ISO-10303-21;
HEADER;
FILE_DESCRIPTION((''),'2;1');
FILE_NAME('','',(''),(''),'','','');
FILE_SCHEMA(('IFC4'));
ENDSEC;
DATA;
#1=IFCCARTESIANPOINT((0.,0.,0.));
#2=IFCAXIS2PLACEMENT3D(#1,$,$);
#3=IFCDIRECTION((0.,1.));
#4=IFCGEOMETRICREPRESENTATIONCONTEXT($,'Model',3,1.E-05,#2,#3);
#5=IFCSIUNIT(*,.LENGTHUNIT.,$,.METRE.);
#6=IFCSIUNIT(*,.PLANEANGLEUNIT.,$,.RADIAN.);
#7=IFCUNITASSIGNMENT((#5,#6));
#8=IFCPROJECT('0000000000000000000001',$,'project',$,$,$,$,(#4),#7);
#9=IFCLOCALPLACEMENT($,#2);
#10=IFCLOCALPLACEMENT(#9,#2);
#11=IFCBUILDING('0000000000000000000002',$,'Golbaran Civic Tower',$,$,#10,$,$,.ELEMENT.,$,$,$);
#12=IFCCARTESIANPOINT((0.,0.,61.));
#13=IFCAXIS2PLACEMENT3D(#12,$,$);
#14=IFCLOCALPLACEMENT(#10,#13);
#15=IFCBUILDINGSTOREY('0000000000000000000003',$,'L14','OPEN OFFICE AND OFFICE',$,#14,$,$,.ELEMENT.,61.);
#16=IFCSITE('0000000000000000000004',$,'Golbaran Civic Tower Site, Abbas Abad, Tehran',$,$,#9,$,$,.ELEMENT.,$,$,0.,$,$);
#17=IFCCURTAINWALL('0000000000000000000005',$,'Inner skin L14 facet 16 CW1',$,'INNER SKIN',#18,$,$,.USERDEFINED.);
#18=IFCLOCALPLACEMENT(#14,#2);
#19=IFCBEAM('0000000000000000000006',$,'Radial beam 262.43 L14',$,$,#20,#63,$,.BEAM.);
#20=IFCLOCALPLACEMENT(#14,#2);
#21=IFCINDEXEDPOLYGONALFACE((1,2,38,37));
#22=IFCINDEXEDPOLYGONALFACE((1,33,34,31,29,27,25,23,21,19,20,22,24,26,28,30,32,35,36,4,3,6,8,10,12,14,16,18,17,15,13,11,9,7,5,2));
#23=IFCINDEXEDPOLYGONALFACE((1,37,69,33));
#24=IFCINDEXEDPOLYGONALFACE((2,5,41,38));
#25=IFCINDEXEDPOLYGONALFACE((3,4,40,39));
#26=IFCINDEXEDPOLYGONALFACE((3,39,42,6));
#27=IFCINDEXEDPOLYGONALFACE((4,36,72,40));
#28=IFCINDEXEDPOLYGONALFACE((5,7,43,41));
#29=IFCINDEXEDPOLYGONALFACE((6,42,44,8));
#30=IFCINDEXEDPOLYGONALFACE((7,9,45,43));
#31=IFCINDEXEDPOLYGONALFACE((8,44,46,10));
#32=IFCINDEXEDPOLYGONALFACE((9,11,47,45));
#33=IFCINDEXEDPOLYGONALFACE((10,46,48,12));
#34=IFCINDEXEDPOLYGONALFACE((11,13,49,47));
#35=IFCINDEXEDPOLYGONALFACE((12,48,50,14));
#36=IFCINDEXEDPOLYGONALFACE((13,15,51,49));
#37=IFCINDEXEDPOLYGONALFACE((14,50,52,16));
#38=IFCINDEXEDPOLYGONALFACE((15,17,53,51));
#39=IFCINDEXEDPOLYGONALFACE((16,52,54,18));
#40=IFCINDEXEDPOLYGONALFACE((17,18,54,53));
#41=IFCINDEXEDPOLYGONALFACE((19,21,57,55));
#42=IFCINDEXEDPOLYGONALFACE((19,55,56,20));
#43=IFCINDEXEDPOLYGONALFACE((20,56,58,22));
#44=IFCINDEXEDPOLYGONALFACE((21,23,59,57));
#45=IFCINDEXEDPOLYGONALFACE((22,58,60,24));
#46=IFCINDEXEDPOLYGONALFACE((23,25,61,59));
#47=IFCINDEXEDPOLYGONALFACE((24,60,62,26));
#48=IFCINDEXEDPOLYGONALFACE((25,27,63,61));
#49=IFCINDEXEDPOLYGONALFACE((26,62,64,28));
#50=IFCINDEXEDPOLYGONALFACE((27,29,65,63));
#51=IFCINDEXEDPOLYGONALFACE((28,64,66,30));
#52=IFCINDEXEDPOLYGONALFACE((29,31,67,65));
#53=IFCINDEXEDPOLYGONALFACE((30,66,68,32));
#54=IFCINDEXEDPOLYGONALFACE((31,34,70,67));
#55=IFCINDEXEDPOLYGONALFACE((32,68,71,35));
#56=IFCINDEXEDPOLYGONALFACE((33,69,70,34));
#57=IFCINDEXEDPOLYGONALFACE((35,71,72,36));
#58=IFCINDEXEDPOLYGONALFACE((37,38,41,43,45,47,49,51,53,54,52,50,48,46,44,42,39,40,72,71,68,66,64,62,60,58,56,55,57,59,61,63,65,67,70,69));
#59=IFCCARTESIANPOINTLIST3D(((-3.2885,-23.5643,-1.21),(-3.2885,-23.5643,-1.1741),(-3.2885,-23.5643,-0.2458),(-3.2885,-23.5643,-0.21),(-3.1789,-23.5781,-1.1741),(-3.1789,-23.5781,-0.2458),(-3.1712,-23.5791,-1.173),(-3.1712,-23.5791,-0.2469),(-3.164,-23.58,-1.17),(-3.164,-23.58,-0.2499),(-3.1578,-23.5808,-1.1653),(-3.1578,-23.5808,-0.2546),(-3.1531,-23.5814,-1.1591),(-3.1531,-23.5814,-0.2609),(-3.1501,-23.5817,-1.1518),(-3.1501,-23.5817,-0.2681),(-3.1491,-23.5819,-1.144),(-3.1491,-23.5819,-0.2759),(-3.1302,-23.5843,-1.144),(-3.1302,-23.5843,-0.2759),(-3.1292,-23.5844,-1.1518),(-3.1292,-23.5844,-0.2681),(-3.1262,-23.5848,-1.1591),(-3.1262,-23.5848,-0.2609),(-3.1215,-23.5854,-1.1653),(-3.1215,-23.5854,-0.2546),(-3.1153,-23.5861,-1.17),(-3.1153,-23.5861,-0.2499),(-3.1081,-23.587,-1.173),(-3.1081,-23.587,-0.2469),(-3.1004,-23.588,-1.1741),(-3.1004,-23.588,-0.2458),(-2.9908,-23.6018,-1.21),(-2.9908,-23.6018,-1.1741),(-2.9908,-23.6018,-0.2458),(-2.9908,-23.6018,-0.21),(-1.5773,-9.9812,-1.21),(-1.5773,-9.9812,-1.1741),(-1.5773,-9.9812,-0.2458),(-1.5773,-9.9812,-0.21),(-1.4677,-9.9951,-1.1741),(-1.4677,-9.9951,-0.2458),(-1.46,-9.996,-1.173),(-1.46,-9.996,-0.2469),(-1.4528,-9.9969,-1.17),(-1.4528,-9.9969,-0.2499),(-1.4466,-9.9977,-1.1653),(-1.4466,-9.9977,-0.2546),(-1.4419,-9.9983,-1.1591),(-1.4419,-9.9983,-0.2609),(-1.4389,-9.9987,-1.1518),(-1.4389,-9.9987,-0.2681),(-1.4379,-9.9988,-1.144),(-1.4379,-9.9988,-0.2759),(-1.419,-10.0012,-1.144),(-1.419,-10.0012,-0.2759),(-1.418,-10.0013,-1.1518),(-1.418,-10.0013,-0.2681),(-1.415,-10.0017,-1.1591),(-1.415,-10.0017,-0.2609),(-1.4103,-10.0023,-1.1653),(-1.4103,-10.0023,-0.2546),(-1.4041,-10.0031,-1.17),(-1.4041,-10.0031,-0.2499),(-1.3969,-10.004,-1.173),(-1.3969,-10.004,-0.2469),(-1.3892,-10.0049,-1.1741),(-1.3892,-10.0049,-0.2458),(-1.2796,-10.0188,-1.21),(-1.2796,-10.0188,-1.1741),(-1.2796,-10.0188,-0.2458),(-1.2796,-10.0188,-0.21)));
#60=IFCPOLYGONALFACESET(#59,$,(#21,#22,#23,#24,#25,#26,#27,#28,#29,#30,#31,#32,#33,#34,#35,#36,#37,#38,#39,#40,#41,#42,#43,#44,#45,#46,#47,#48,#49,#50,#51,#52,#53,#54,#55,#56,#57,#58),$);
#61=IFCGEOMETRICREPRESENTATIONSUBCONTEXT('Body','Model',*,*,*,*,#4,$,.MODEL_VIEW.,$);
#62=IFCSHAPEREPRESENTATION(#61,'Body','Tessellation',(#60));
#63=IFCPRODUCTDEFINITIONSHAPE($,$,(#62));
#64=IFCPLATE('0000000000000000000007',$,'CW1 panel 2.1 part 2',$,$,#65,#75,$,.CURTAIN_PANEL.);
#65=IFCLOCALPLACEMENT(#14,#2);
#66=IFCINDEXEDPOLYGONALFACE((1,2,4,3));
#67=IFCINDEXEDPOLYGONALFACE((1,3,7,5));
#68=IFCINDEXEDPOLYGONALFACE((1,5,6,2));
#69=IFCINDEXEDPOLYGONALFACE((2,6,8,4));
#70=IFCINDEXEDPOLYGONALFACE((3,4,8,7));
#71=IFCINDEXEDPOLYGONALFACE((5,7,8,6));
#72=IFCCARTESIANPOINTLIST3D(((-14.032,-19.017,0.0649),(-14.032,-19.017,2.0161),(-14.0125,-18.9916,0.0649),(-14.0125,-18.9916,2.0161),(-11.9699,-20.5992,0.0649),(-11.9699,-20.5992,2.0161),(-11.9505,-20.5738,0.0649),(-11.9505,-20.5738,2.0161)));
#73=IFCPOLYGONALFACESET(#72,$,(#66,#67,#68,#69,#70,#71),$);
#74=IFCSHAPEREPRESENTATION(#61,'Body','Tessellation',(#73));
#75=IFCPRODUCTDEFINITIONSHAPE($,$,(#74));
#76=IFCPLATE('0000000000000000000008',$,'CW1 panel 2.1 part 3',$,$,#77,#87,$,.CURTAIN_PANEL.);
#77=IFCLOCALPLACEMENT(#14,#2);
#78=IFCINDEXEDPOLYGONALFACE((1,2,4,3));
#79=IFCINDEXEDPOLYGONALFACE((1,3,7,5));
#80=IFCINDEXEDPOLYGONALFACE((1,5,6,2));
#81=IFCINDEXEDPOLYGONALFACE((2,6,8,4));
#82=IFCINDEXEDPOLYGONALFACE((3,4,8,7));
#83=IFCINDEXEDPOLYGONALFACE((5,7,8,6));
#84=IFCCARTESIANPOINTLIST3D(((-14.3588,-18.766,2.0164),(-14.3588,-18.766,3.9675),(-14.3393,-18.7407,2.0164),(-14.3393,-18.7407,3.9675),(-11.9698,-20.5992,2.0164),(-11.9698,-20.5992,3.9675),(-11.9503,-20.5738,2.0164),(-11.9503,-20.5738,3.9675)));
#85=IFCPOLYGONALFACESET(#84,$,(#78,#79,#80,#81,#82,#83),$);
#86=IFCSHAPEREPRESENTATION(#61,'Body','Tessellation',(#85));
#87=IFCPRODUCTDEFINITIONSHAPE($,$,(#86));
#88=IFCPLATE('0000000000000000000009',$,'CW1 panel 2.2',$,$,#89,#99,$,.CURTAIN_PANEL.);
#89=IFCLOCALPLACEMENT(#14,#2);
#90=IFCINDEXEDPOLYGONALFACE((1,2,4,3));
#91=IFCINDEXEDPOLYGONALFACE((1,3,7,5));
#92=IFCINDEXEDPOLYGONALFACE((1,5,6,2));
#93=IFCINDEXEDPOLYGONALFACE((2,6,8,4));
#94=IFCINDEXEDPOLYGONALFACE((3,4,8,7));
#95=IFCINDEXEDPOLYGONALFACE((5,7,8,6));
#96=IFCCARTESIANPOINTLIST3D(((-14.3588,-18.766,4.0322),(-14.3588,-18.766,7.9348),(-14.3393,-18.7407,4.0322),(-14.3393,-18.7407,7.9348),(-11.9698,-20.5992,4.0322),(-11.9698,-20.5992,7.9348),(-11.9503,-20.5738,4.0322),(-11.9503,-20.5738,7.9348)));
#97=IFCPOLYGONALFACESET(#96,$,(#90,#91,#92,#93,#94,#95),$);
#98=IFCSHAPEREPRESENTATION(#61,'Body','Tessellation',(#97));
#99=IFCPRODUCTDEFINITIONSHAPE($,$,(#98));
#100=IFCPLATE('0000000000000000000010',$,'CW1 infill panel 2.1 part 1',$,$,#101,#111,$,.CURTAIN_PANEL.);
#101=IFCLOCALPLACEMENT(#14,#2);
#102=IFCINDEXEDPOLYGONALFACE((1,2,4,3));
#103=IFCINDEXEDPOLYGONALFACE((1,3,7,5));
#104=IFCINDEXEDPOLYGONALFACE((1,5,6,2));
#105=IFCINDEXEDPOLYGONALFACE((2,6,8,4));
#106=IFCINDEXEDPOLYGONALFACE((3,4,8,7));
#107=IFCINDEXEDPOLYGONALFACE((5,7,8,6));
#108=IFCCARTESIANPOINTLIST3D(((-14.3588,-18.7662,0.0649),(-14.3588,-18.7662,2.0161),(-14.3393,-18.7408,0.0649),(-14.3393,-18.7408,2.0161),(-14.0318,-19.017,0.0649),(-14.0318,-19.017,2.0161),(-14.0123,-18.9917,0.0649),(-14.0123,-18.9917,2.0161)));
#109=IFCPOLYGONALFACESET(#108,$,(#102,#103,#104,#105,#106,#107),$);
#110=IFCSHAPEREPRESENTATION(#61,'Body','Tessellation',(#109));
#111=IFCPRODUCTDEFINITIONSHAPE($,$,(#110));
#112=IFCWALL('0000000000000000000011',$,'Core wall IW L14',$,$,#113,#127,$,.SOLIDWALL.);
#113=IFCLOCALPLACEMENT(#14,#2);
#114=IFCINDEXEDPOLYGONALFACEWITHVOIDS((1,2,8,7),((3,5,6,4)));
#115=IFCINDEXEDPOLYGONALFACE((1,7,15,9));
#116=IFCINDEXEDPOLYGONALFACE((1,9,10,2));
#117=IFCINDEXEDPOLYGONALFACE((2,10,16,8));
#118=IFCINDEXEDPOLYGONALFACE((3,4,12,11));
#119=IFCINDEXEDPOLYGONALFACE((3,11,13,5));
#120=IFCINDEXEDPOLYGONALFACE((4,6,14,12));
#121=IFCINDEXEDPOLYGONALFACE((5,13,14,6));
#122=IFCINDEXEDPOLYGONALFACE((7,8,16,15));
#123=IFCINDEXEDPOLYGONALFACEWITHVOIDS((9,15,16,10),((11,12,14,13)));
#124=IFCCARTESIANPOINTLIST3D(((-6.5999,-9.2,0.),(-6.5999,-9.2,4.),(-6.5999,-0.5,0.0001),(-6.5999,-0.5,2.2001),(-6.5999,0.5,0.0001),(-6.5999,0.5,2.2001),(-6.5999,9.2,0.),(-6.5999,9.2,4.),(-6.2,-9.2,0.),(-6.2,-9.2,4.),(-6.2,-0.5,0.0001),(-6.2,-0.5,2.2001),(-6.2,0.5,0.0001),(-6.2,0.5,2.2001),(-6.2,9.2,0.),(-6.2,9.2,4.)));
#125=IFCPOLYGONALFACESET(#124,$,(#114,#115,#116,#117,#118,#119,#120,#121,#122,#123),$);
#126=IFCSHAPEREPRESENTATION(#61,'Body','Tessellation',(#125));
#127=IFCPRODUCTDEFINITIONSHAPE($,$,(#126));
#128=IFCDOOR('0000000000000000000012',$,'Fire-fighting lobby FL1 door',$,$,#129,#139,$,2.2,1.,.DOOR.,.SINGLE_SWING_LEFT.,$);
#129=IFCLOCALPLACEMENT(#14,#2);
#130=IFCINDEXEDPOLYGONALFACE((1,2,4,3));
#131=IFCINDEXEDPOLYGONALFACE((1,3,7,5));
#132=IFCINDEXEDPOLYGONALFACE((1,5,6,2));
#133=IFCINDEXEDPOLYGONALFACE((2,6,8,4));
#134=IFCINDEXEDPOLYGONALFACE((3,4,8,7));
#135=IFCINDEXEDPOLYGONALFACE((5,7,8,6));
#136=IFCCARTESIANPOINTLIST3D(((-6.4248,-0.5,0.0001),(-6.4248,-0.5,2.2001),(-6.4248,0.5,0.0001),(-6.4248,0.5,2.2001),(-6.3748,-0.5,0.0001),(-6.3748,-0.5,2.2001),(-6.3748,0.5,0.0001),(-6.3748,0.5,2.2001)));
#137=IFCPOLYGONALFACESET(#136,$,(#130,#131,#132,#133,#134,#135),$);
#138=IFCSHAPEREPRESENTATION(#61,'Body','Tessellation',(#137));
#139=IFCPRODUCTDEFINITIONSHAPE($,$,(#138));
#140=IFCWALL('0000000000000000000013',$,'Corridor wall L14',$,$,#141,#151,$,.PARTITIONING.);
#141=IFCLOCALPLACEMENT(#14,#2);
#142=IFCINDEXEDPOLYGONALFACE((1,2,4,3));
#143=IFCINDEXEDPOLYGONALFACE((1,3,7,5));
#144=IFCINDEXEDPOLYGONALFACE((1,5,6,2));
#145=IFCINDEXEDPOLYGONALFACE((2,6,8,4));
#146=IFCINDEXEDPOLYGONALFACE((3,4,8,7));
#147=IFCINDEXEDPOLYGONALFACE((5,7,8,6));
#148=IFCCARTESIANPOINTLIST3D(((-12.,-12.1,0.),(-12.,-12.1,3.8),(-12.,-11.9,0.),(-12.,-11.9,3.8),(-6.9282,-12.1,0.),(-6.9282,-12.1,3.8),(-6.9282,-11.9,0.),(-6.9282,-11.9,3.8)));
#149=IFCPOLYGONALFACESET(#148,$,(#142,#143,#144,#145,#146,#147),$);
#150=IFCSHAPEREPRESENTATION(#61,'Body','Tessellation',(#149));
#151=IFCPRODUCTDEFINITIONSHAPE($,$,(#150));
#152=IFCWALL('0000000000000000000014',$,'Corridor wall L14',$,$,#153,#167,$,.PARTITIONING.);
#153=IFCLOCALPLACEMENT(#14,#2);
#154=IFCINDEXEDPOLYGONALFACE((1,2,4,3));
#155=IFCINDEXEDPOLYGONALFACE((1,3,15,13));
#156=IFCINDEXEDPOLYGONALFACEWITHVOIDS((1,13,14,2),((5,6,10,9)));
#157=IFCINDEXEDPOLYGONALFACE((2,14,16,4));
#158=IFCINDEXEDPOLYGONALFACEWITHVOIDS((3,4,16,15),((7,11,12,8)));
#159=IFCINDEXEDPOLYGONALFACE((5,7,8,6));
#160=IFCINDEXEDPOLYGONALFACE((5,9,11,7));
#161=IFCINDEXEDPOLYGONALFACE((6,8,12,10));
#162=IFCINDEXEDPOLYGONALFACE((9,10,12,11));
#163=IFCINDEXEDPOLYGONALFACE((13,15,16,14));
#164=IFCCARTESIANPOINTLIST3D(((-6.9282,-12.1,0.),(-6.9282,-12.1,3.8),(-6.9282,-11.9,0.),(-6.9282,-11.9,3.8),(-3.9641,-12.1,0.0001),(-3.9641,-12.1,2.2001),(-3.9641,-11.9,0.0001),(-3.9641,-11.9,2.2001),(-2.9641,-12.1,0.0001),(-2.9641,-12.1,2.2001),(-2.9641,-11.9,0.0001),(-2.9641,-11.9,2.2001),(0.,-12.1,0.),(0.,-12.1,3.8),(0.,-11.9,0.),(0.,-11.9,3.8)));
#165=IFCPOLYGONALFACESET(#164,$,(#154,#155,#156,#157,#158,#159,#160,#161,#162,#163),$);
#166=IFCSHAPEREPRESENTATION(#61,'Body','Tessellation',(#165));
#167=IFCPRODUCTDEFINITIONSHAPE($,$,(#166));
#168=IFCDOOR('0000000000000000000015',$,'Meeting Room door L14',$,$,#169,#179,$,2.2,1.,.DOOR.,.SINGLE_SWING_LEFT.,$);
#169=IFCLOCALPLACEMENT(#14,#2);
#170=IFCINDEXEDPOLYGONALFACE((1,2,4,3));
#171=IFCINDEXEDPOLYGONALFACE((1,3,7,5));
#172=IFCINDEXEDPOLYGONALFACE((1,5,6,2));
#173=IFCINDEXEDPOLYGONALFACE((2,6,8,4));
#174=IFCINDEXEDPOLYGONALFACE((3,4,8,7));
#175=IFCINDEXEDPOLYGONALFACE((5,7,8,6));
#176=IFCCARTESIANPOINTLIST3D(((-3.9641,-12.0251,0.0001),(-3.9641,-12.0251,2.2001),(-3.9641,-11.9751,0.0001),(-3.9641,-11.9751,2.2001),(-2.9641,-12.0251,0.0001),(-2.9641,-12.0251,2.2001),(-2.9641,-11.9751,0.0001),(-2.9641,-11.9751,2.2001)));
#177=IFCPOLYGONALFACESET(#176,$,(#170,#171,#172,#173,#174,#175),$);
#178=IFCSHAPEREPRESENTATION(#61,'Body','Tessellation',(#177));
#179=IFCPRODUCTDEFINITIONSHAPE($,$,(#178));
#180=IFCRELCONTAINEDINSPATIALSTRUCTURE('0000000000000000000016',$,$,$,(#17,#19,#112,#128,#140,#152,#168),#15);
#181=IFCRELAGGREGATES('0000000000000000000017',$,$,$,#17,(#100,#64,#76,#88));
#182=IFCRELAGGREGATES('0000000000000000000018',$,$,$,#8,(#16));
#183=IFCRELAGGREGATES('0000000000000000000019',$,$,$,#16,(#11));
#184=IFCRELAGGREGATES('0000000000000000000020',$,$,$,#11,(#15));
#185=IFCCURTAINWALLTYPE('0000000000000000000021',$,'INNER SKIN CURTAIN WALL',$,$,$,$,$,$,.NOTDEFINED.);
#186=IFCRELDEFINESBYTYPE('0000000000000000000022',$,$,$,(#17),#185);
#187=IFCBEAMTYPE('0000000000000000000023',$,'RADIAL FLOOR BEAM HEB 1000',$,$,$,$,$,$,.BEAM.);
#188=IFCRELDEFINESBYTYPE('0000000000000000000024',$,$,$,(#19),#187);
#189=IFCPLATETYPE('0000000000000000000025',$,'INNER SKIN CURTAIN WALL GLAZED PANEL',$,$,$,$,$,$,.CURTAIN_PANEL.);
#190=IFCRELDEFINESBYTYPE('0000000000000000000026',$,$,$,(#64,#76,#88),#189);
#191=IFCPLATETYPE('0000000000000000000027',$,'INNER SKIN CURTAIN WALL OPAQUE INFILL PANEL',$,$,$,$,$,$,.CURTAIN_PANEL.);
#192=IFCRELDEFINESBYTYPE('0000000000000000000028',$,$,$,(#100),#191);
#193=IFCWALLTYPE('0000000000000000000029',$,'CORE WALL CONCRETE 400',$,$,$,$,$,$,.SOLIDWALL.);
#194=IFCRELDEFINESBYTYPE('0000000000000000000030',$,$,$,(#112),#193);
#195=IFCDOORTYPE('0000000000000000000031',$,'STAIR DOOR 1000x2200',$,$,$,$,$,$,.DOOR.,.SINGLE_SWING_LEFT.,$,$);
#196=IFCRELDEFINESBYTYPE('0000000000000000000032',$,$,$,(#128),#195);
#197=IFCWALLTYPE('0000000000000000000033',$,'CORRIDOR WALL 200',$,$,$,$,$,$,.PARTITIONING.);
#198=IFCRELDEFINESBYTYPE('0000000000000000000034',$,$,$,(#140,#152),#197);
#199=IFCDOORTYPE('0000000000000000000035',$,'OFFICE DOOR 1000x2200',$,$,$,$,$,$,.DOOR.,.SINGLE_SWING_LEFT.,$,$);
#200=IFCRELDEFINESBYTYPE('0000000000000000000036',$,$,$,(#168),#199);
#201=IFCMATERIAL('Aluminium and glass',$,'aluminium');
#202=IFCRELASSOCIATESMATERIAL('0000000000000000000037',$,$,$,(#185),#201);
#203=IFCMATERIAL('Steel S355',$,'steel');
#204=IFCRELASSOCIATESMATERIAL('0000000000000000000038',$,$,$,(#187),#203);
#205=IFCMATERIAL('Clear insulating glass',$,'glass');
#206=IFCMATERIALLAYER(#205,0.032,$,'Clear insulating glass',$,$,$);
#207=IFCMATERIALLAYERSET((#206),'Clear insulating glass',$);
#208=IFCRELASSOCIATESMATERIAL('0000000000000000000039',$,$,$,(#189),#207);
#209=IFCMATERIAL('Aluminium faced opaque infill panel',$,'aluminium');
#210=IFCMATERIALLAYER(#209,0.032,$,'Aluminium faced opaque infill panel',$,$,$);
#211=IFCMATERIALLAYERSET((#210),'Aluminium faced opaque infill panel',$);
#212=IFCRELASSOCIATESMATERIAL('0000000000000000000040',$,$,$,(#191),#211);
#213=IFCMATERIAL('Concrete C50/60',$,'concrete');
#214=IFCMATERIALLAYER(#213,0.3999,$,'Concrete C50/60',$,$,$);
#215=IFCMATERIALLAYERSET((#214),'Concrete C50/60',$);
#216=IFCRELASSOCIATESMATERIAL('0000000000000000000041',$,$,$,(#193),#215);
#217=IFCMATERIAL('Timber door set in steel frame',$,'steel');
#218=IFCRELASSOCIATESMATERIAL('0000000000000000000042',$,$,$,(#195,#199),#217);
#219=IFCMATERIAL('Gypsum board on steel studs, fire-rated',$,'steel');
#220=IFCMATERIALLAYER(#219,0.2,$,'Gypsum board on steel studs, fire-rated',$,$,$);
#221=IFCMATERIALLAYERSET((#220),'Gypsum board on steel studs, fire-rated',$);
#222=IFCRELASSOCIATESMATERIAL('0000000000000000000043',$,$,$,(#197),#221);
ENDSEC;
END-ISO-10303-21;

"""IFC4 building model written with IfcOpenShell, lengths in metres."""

from ifc_helpers import new_model, si_unit, direction, frame, frame_2d, origin, origin_2d, place, context, subcontext, project, spatial, rectangle, i_section, extrude, material, layer, layer_set, material_profile, profile_set, type_object, element, fill, aggregate, save


model = new_model("IFC4")

# Units and contexts
model_context = context("Model", 3, precision=1e-05, world=origin(), true_north=direction((0.0, 1.0)))
body_context = subcontext(model_context, "Body", "Model", "MODEL_VIEW")
ifc_project = project(units=[si_unit("LENGTHUNIT", "METRE"), si_unit("PLANEANGLEUNIT", "RADIAN")], contexts=[model_context])

# Site, building, storey
site_placement = place(None, origin())
site = spatial("IfcSite", under=ifc_project, at=site_placement, Name="Golbaran Civic Tower Site, Abbas Abad, Tehran", CompositionType="ELEMENT", RefElevation=0.0)
building_placement = place(site_placement, origin())
building = spatial("IfcBuilding", under=site, at=building_placement, Name="Golbaran Civic Tower", CompositionType="ELEMENT")
storey_placement = place(building_placement, frame((0.0, 0.0, 61.0)))
storey = spatial("IfcBuildingStorey", under=building, at=storey_placement, Name="L14", Description="OPEN OFFICE AND OFFICE", CompositionType="ELEMENT", Elevation=61.0)

# Shared definitions
ifc_material_1 = material(Name="Steel S355", Category="steel")

# Curtain wall
ifc_material_2 = material(Name="Aluminium and glass", Category="aluminium")
curtain_wall_type = type_object("IfcCurtainWallType", Name="INNER SKIN CURTAIN WALL", PredefinedType="NOTDEFINED", material=ifc_material_2)
curtain_wall_1_placement = place(storey_placement, origin())
curtain_wall_1 = element("IfcCurtainWall", 1, at=curtain_wall_1_placement, inside=storey, type_object=curtain_wall_type, Name="Inner skin L14 facet 16 CW1", ObjectType="INNER SKIN", PredefinedType="USERDEFINED")

# Beam
ifc_material_profile_1 = material_profile(ifc_material_1, i_section(OverallWidth=0.3, OverallDepth=1.0, WebThickness=0.019, FlangeThickness=0.0359, FilletRadius=0.03, at=origin_2d()), Name="HEB 1000")
ifc_profile_set_1 = profile_set([ifc_material_profile_1], Name="Steel S355")
beam_type_1 = type_object("IfcBeamType", Name="RADIAL FLOOR BEAM HEB 1000", PredefinedType="BEAM", material=ifc_profile_set_1)
beam_1_placement = place(storey_placement, frame((-1.4285, -10.0, -0.71), z_axis=(-0.124992, -0.992158, 0.0), x_axis=(0.992158, -0.124992, 0.0)))
element("IfcBeam", 2, at=beam_1_placement, inside=storey, type_object=beam_type_1, Name="Radial beam 262.43 L14", PredefinedType="BEAM", context=body_context, shape_type="SweptSolid", body=[
    extrude(i_section(OverallWidth=0.3, OverallDepth=1.0, WebThickness=0.019, FlangeThickness=0.0359, FilletRadius=0.03, at=origin_2d()), origin(), (0.0, 0.0, 1.0), 13.6904),
])

# Plates
ifc_material_3 = material(Name="Clear insulating glass", Category="glass")
ifc_layer_1 = layer(ifc_material_3, 0.032, Name="Clear insulating glass")
ifc_layer_set_1 = layer_set([ifc_layer_1], Name="Clear insulating glass")
plate_type_1 = type_object("IfcPlateType", Name="INNER SKIN CURTAIN WALL GLAZED PANEL", PredefinedType="CURTAIN_PANEL", material=ifc_layer_set_1)
plate_1_placement = place(storey_placement, frame((-12.9912, -19.7954, 0.0649), z_axis=(0.0, 0.0, 1.0), x_axis=(0.793353, -0.608761, 0.0)))
plate_1 = element("IfcPlate", 3, at=plate_1_placement, type_object=plate_type_1, Name="CW1 panel 2.1 part 2", PredefinedType="CURTAIN_PANEL", context=body_context, shape_type="SweptSolid", body=[
    extrude(rectangle(XDim=2.5991, YDim=0.032, at=origin_2d()), origin(), (0.0, 0.0, 1.0), 1.9512),
])
plate_2_placement = place(storey_placement, frame((-13.1545, -19.6699, 2.0164), z_axis=(0.0, 0.0, 1.0), x_axis=(0.793353, -0.608761, 0.0)))
plate_2 = element("IfcPlate", 4, at=plate_2_placement, type_object=plate_type_1, Name="CW1 panel 2.1 part 3", PredefinedType="CURTAIN_PANEL", context=body_context, shape_type="SweptSolid", body=[
    extrude(rectangle(XDim=3.0112, YDim=0.032, at=origin_2d()), origin(), (0.0, 0.0, 1.0), 1.9512),
])
plate_3_placement = place(storey_placement, frame((-13.1545, -19.6699, 4.0322), z_axis=(0.0, 0.0, 1.0), x_axis=(0.793353, -0.608761, 0.0)))
plate_3 = element("IfcPlate", 5, at=plate_3_placement, type_object=plate_type_1, Name="CW1 panel 2.2", PredefinedType="CURTAIN_PANEL", context=body_context, shape_type="SweptSolid", body=[
    extrude(rectangle(XDim=3.0112, YDim=0.032, at=origin_2d()), origin(), (0.0, 0.0, 1.0), 3.9026),
])
ifc_material_4 = material(Name="Aluminium faced opaque infill panel", Category="aluminium")
ifc_layer_2 = layer(ifc_material_4, 0.032, Name="Aluminium faced opaque infill panel")
ifc_layer_set_2 = layer_set([ifc_layer_2], Name="Aluminium faced opaque infill panel")
plate_type_2 = type_object("IfcPlateType", Name="INNER SKIN CURTAIN WALL OPAQUE INFILL PANEL", PredefinedType="CURTAIN_PANEL", material=ifc_layer_set_2)
plate_4_placement = place(storey_placement, frame((-14.1855, -18.8789, 0.0649), z_axis=(0.0, 0.0, 1.0), x_axis=(0.793353, -0.608761, 0.0)))
plate_4 = element("IfcPlate", 6, at=plate_4_placement, type_object=plate_type_2, Name="CW1 infill panel 2.1 part 1", PredefinedType="CURTAIN_PANEL", context=body_context, shape_type="SweptSolid", body=[
    extrude(rectangle(XDim=0.4121, YDim=0.032, at=origin_2d()), origin(), (0.0, 0.0, 1.0), 1.9512),
])
aggregate(curtain_wall_1, [plate_4, plate_1, plate_2, plate_3])

# Wall, opening, door
ifc_material_5 = material(Name="Concrete C50/60", Category="concrete")
ifc_layer_3 = layer(ifc_material_5, 0.3999, Name="Concrete C50/60")
ifc_layer_set_3 = layer_set([ifc_layer_3], Name="Concrete C50/60")
wall_type_1 = type_object("IfcWallType", Name="CORE WALL CONCRETE 400", PredefinedType="SOLIDWALL", material=ifc_layer_set_3)
wall_1_placement = place(storey_placement, frame((-6.3999, -9.2, 0.0), z_axis=(0.0, 0.0, 1.0), x_axis=(0.0, 1.0, 0.0)))
wall_1 = element("IfcWall", 7, at=wall_1_placement, inside=storey, type_object=wall_type_1, Name="Core wall IW L14", PredefinedType="SOLIDWALL", context=body_context, shape_type="SweptSolid", body=[
    extrude(rectangle(XDim=18.3999, YDim=0.3999, at=frame_2d((9.2, 0.0))), origin(), (0.0, 0.0, 1.0), 4.0),
])
opening_1_placement = place(wall_1_placement, frame((8.7, 0.0, 0.0)))
opening_1 = element("IfcOpeningElement", 8, at=opening_1_placement, cuts=wall_1, PredefinedType="OPENING", context=body_context, shape_type="SweptSolid", body=[
    extrude(rectangle(XDim=1.0, YDim=2.2, at=frame_2d((0.5, 1.1001))), frame((0.0, 0.21, 0.0), z_axis=(0.0, -1.0, 0.0), x_axis=(1.0, 0.0, 0.0)), (0.0, 0.0, 1.0), 0.4199),
])
ifc_material_6 = material(Name="Timber door set in steel frame", Category="steel")
door_type_1 = type_object("IfcDoorType", Name="STAIR DOOR 1000x2200", OperationType="SINGLE_SWING_LEFT", PredefinedType="DOOR", material=ifc_material_6)
door_1_placement = place(opening_1_placement, origin())
door_1 = element("IfcDoor", 9, at=door_1_placement, inside=storey, type_object=door_type_1, Name="Fire-fighting lobby FL1 door", OperationType="SINGLE_SWING_LEFT", OverallHeight=2.2, OverallWidth=1.0, PredefinedType="DOOR", context=body_context, shape_type="SweptSolid", body=[
    extrude(rectangle(XDim=1.0, YDim=2.2, at=frame_2d((0.5, 1.1001))), frame((0.0, 0.0249, 0.0), z_axis=(0.0, -1.0, 0.0), x_axis=(1.0, 0.0, 0.0)), (0.0, 0.0, 1.0), 0.05),
])
fill(opening_1, door_1)

# Wall
ifc_material_7 = material(Name="Gypsum board on steel studs, fire-rated", Category="steel")
ifc_layer_4 = layer(ifc_material_7, 0.2, Name="Gypsum board on steel studs, fire-rated")
ifc_layer_set_4 = layer_set([ifc_layer_4], Name="Gypsum board on steel studs, fire-rated")
wall_type_2 = type_object("IfcWallType", Name="CORRIDOR WALL 200", PredefinedType="PARTITIONING", material=ifc_layer_set_4)
wall_2_placement = place(storey_placement, frame((-12.0, -12.0, 0.0), z_axis=(0.0, 0.0, 1.0), x_axis=(1.0, 0.0, 0.0)))
element("IfcWall", 10, at=wall_2_placement, inside=storey, type_object=wall_type_2, Name="Corridor wall L14", PredefinedType="PARTITIONING", context=body_context, shape_type="SweptSolid", body=[
    extrude(rectangle(XDim=5.0718, YDim=0.2, at=frame_2d((2.5359, 0.0))), origin(), (0.0, 0.0, 1.0), 3.8),
])

# Wall, opening, door
wall_3_placement = place(storey_placement, frame((-6.9282, -12.0, 0.0), z_axis=(0.0, 0.0, 1.0), x_axis=(1.0, 0.0, 0.0)))
wall_3 = element("IfcWall", 11, at=wall_3_placement, inside=storey, type_object=wall_type_2, Name="Corridor wall L14", PredefinedType="PARTITIONING", context=body_context, shape_type="SweptSolid", body=[
    extrude(rectangle(XDim=6.9282, YDim=0.2, at=frame_2d((3.4641, 0.0))), origin(), (0.0, 0.0, 1.0), 3.8),
])
opening_2_placement = place(wall_3_placement, frame((2.9641, 0.0, 0.0)))
opening_2 = element("IfcOpeningElement", 12, at=opening_2_placement, cuts=wall_3, PredefinedType="OPENING", context=body_context, shape_type="SweptSolid", body=[
    extrude(rectangle(XDim=1.0, YDim=2.2, at=frame_2d((0.5, 1.1001))), frame((0.0, 0.1099, 0.0), z_axis=(0.0, -1.0, 0.0), x_axis=(1.0, 0.0, 0.0)), (0.0, 0.0, 1.0), 0.22),
])
door_type_2 = type_object("IfcDoorType", Name="OFFICE DOOR 1000x2200", OperationType="SINGLE_SWING_LEFT", PredefinedType="DOOR", material=ifc_material_6)
door_2_placement = place(opening_2_placement, origin())
door_2 = element("IfcDoor", 13, at=door_2_placement, inside=storey, type_object=door_type_2, Name="Meeting Room door L14", OperationType="SINGLE_SWING_LEFT", OverallHeight=2.2, OverallWidth=1.0, PredefinedType="DOOR", context=body_context, shape_type="SweptSolid", body=[
    extrude(rectangle(XDim=1.0, YDim=2.2, at=frame_2d((0.5, 1.1001))), frame((0.0, 0.0249, 0.0), z_axis=(0.0, -1.0, 0.0), x_axis=(1.0, 0.0, 0.0)), (0.0, 0.0, 1.0), 0.05),
])
fill(opening_2, door_2)

save(model, "model.ifc")
